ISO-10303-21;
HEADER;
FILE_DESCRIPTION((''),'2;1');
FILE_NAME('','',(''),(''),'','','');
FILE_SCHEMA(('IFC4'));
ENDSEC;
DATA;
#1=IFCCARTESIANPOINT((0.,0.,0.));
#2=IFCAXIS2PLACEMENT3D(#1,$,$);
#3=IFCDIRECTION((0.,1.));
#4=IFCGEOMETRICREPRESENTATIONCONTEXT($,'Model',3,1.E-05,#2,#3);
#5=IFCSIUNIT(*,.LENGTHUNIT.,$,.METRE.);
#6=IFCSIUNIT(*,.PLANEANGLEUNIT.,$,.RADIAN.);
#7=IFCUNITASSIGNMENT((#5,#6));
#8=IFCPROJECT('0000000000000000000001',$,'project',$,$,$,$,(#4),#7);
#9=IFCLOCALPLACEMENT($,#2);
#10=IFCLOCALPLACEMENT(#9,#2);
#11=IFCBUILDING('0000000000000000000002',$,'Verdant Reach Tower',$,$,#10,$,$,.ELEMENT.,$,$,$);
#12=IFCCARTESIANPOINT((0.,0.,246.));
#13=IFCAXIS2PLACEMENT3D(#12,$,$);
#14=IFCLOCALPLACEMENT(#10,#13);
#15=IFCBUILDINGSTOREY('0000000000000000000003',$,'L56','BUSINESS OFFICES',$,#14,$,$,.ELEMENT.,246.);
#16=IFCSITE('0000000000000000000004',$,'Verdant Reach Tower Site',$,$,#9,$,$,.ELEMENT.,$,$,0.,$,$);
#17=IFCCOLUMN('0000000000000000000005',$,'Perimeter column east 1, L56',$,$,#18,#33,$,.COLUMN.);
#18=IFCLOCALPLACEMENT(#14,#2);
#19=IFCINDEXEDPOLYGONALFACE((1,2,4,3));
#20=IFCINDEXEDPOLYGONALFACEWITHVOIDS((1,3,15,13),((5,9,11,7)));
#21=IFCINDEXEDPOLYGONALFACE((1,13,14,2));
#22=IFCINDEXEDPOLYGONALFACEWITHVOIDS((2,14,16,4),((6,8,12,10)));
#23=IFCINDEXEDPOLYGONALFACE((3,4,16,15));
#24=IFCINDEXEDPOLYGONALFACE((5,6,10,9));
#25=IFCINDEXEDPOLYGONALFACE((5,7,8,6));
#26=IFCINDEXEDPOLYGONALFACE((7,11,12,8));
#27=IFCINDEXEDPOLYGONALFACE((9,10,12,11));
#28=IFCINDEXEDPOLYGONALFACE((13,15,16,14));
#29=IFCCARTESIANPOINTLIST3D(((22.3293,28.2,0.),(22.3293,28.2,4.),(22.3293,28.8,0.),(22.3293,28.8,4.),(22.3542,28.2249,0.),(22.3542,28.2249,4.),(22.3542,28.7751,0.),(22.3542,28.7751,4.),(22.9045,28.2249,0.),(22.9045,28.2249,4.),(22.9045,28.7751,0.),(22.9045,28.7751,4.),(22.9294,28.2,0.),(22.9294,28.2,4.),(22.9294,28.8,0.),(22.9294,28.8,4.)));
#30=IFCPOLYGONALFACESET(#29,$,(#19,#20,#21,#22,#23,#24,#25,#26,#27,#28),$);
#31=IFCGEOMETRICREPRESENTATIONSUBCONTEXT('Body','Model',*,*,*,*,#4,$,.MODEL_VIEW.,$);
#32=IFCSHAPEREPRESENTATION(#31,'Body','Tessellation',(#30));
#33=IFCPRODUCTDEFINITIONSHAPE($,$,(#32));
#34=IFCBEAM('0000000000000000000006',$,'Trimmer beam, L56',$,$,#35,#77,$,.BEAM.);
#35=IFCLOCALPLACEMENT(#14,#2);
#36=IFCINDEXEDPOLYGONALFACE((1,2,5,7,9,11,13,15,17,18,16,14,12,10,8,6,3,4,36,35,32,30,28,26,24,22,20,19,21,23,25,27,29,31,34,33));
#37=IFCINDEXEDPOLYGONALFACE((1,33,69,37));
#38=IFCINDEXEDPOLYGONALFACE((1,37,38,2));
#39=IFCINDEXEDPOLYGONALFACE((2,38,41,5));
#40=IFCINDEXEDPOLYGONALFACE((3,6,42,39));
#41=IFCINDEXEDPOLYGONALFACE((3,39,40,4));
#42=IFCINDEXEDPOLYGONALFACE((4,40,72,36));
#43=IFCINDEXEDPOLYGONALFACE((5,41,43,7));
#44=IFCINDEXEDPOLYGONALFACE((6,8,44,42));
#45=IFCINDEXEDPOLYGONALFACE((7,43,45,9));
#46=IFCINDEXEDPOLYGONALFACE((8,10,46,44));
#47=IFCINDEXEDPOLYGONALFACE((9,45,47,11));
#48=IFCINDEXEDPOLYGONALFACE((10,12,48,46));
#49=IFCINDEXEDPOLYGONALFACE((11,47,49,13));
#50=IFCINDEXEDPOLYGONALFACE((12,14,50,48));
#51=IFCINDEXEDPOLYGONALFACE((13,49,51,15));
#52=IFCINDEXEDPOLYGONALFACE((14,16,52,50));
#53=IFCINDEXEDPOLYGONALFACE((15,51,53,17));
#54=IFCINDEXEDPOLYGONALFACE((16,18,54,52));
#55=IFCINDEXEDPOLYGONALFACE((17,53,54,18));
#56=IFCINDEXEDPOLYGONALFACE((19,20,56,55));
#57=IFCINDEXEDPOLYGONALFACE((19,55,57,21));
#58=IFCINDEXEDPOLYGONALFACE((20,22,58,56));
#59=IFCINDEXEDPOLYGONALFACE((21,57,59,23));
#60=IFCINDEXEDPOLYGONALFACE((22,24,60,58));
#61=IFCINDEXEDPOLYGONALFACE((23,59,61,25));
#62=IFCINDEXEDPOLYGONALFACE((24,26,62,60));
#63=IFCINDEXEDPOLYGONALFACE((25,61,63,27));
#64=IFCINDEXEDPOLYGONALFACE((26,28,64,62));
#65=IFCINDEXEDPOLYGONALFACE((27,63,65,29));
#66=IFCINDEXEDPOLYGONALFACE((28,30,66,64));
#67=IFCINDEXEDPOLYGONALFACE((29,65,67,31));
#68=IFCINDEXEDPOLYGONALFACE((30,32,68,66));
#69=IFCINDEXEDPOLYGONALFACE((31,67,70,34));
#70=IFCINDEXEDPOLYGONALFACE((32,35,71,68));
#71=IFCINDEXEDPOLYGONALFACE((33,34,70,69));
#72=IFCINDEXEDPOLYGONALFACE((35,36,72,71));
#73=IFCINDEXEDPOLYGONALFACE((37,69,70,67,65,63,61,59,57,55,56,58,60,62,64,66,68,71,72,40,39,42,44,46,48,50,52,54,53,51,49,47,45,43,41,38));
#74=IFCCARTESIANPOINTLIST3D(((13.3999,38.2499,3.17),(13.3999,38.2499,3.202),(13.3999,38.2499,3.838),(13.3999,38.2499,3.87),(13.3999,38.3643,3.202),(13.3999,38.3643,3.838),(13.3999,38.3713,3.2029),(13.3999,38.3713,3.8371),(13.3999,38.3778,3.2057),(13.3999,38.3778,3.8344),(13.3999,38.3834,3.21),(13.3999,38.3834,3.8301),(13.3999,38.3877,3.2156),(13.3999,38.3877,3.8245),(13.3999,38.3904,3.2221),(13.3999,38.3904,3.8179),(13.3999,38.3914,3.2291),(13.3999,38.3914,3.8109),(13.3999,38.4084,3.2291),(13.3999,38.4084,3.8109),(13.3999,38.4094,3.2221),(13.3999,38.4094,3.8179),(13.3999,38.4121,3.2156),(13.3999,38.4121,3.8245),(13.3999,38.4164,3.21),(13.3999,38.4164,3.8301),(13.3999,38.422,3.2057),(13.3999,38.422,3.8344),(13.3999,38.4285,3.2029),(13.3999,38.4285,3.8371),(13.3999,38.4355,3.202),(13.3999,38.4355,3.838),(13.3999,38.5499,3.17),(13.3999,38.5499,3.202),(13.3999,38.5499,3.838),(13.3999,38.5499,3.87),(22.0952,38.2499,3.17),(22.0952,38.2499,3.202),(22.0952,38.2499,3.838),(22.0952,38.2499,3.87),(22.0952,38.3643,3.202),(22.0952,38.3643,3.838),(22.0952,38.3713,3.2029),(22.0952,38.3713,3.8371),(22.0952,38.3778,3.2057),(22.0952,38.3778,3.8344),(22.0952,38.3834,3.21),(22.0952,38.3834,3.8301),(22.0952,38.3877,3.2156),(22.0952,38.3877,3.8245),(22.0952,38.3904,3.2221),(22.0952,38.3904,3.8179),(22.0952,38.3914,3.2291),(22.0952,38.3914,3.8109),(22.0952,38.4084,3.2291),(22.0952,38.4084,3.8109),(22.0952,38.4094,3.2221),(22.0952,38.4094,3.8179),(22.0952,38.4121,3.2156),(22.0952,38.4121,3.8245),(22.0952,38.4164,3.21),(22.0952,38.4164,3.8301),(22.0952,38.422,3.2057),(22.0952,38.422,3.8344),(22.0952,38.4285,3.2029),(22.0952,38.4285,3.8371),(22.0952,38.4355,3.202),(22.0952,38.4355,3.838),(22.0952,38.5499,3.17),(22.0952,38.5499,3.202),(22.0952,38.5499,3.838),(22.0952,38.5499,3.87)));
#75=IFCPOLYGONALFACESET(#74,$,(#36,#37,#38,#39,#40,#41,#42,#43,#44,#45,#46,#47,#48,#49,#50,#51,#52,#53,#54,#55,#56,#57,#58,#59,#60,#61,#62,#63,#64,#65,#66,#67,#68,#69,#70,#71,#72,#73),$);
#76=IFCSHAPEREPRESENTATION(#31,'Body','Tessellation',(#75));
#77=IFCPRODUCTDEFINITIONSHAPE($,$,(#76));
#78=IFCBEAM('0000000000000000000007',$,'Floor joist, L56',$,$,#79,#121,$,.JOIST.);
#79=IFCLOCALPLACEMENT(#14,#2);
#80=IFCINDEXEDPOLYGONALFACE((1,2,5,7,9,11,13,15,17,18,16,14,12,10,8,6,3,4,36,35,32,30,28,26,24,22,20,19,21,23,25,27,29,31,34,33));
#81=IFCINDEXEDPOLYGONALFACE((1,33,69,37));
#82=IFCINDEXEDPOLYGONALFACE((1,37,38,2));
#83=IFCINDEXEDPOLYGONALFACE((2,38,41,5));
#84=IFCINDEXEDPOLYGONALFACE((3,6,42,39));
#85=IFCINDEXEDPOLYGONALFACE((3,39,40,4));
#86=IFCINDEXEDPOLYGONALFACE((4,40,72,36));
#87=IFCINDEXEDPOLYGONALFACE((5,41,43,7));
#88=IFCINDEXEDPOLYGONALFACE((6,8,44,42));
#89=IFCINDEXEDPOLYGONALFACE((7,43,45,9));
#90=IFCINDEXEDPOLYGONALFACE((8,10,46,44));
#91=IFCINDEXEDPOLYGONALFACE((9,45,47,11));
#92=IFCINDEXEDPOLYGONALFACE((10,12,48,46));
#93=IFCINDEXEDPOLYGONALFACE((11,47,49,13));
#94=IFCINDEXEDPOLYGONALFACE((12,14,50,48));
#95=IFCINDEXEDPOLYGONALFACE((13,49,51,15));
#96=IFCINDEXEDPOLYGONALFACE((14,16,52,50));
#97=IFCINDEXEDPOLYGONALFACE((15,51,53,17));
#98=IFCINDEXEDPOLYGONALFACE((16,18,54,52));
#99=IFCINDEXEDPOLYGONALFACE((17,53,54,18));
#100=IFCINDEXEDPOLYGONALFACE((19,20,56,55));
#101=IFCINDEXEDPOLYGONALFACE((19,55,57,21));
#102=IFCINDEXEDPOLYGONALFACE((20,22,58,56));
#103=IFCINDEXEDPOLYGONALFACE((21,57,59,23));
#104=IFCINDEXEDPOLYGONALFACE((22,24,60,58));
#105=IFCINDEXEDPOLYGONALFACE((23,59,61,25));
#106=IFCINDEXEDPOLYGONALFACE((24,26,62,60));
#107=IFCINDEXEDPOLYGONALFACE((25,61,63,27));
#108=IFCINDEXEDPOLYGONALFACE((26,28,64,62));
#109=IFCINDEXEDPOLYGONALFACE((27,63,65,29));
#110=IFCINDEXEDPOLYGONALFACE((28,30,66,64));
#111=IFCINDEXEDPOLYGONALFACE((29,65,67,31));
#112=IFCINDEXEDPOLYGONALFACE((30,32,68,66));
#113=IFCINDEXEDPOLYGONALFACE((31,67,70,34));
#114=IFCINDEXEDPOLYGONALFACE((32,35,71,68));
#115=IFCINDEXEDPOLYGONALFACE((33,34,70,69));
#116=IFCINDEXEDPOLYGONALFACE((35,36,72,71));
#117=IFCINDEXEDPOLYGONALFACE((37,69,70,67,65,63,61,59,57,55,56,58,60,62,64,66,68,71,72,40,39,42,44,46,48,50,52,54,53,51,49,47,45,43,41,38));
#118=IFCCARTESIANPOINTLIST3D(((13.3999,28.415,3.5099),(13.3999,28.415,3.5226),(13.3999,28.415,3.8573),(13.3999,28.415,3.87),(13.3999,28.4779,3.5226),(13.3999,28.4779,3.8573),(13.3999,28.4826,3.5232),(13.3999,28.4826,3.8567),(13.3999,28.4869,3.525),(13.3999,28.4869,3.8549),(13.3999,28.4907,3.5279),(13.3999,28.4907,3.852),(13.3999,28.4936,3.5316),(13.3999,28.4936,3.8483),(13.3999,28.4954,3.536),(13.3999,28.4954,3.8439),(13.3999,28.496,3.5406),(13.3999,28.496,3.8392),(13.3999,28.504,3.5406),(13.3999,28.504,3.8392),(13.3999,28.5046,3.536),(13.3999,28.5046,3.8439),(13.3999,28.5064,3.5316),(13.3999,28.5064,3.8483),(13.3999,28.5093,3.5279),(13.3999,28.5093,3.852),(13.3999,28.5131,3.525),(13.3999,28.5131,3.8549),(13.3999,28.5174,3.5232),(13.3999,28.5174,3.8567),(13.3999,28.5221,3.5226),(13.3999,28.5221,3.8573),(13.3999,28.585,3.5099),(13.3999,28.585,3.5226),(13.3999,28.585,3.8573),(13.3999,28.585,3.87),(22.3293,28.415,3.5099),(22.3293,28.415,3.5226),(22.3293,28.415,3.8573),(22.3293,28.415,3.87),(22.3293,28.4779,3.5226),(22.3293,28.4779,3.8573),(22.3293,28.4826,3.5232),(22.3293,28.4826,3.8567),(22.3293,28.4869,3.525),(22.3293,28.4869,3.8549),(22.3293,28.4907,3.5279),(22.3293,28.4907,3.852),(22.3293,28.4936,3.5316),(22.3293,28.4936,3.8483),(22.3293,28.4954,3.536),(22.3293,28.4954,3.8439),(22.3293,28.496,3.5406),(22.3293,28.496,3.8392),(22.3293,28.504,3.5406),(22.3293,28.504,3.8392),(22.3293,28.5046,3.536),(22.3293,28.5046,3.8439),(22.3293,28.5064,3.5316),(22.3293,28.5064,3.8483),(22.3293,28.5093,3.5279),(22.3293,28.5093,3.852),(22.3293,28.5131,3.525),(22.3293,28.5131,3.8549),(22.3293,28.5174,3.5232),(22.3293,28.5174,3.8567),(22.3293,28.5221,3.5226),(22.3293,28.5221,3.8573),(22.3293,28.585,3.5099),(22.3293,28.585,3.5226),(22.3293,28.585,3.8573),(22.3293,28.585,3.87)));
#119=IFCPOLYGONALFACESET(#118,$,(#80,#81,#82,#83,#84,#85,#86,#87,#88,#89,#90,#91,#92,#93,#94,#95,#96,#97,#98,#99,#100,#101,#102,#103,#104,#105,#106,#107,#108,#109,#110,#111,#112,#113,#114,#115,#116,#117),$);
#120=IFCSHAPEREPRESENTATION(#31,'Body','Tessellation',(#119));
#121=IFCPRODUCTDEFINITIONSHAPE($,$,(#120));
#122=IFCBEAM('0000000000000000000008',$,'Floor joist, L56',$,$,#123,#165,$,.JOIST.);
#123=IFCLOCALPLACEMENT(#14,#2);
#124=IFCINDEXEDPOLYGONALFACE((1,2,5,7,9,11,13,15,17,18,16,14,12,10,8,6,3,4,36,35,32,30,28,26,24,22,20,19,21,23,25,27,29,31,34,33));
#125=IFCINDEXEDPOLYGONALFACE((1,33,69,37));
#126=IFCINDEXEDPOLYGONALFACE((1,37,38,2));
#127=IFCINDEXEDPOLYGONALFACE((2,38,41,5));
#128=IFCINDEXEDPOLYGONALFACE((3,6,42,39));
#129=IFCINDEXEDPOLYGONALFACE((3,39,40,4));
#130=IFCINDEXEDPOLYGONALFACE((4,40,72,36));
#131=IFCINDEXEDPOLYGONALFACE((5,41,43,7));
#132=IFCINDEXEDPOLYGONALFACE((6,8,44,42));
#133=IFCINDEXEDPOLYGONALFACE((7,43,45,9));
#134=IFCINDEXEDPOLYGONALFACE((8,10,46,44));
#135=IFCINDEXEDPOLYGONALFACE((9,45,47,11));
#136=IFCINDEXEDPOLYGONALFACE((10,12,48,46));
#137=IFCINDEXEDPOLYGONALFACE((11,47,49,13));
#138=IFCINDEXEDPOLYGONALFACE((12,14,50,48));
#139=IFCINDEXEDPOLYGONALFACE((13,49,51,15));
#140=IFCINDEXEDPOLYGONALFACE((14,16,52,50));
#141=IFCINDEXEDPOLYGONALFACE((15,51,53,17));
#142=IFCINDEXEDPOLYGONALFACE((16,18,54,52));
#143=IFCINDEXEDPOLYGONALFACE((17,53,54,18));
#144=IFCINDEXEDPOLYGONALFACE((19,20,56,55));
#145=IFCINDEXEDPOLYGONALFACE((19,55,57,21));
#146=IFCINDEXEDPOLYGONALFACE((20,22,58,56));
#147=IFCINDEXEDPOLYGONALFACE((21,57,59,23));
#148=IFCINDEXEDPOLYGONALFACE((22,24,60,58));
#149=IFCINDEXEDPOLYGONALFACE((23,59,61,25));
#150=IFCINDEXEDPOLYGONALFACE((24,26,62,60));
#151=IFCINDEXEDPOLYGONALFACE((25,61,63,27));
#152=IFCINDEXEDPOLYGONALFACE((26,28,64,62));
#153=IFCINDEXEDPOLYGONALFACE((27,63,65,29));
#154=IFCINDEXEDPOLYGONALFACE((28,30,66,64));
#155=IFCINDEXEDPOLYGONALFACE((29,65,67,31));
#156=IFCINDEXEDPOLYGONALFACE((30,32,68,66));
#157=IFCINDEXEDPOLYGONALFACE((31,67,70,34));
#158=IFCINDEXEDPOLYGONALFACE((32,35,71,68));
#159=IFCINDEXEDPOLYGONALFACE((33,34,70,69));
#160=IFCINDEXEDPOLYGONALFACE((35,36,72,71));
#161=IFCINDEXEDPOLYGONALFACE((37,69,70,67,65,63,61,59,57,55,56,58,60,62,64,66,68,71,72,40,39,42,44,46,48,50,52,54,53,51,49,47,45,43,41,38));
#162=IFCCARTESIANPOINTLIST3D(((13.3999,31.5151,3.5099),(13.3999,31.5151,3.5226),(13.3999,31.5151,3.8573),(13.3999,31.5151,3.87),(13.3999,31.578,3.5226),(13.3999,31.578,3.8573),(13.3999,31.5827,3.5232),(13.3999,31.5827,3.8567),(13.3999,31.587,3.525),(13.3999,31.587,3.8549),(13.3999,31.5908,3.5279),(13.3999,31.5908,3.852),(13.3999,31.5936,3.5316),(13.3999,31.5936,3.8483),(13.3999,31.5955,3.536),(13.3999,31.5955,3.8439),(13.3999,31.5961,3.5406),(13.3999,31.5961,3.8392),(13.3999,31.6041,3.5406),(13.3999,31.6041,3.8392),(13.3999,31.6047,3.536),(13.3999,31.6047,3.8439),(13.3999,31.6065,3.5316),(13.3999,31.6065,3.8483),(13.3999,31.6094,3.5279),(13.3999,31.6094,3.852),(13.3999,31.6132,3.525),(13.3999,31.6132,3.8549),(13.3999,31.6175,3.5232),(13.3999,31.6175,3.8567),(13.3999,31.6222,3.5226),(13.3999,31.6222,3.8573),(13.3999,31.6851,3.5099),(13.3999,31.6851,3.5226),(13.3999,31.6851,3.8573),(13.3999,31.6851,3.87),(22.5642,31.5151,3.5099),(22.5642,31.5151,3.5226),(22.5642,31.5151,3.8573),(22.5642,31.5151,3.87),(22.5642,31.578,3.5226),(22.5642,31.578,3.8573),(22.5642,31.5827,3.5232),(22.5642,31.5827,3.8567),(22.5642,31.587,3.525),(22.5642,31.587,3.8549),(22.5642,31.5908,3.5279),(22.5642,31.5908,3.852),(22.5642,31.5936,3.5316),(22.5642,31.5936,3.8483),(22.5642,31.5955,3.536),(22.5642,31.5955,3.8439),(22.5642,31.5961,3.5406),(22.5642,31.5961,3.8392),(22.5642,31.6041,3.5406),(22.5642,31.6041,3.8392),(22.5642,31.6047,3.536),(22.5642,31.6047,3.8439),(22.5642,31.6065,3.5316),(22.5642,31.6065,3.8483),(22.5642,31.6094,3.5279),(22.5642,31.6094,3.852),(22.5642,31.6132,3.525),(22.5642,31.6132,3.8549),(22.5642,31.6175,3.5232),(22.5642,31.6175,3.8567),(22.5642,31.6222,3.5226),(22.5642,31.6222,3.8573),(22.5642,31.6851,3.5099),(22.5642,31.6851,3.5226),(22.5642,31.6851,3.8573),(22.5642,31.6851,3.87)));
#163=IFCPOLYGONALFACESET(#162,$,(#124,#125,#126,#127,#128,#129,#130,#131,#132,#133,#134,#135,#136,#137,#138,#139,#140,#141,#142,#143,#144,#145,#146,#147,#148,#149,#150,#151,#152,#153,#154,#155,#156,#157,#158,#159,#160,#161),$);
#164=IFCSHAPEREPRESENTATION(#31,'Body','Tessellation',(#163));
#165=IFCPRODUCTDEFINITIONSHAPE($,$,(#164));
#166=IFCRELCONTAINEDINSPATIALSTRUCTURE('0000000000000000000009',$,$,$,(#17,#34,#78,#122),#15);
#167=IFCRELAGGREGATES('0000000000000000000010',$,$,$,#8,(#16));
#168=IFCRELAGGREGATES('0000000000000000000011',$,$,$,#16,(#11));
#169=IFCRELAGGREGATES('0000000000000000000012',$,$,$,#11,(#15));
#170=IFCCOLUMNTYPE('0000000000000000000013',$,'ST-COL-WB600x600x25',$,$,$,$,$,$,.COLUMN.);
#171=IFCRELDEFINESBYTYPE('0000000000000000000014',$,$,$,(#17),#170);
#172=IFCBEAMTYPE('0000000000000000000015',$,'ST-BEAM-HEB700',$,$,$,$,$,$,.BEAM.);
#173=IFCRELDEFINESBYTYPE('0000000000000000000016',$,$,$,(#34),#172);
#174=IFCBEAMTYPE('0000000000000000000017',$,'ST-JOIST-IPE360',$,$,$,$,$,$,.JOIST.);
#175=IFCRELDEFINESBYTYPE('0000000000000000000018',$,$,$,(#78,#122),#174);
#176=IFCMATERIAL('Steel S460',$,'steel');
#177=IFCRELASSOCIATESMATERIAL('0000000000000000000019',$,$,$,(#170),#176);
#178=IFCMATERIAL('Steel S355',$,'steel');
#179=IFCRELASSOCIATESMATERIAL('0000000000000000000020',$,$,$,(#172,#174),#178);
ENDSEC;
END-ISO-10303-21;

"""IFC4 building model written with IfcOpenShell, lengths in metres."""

from ifc_helpers import new_model, si_unit, direction, frame, origin, origin_2d, place, context, subcontext, project, spatial, hollow_rectangle, i_section, extrude, material, material_profile, profile_set, type_object, element, save


model = new_model("IFC4")

# Units and contexts
model_context = context("Model", 3, precision=1e-05, world=origin(), true_north=direction((0.0, 1.0)))
body_context = subcontext(model_context, "Body", "Model", "MODEL_VIEW")
ifc_project = project(units=[si_unit("LENGTHUNIT", "METRE"), si_unit("PLANEANGLEUNIT", "RADIAN")], contexts=[model_context])

# Site, building, storey
site_placement = place(None, origin())
site = spatial("IfcSite", under=ifc_project, at=site_placement, Name="Verdant Reach Tower Site", CompositionType="ELEMENT", RefElevation=0.0)
building_placement = place(site_placement, origin())
building = spatial("IfcBuilding", under=site, at=building_placement, Name="Verdant Reach Tower", CompositionType="ELEMENT")
storey_placement = place(building_placement, frame((0.0, 0.0, 246.0)))
storey = spatial("IfcBuildingStorey", under=building, at=storey_placement, Name="L56", Description="BUSINESS OFFICES", CompositionType="ELEMENT", Elevation=246.0)

# Column
ifc_material_1 = material(Name="Steel S460", Category="steel")
ifc_material_profile_1 = material_profile(ifc_material_1, hollow_rectangle(XDim=0.6001, YDim=0.6001, WallThickness=0.0249, at=origin_2d()), Name="WB 600x600x25")
ifc_profile_set_1 = profile_set([ifc_material_profile_1], Name="Steel S460")
column_type = type_object("IfcColumnType", Name="ST-COL-WB600x600x25", PredefinedType="COLUMN", material=ifc_profile_set_1)
column_placement = place(storey_placement, frame((22.6294, 28.5, 0.0), z_axis=(0.0, 0.0, 1.0), x_axis=(1.0, 0.0, 0.0)))
element("IfcColumn", 1, at=column_placement, inside=storey, type_object=column_type, Name="Perimeter column east 1, L56", PredefinedType="COLUMN", context=body_context, shape_type="SweptSolid", body=[
    extrude(hollow_rectangle(XDim=0.6001, YDim=0.6001, WallThickness=0.0249, at=origin_2d()), origin(), (0.0, 0.0, 1.0), 4.0),
])

# Beams
ifc_material_2 = material(Name="Steel S355", Category="steel")
ifc_material_profile_2 = material_profile(ifc_material_2, i_section(OverallWidth=0.3, OverallDepth=0.7, WebThickness=0.0171, FlangeThickness=0.032, FilletRadius=0.0271, at=origin_2d()), Name="HEB 700")
ifc_profile_set_2 = profile_set([ifc_material_profile_2], Name="Steel S355")
beam_type_1 = type_object("IfcBeamType", Name="ST-BEAM-HEB700", PredefinedType="BEAM", material=ifc_profile_set_2)
beam_1_placement = place(storey_placement, frame((13.3999, 38.3999, 3.52), z_axis=(1.0, 0.0, 0.0), x_axis=(0.0, 1.0, 0.0)))
element("IfcBeam", 2, at=beam_1_placement, inside=storey, type_object=beam_type_1, Name="Trimmer beam, L56", PredefinedType="BEAM", context=body_context, shape_type="SweptSolid", body=[
    extrude(i_section(OverallWidth=0.3, OverallDepth=0.7, WebThickness=0.0171, FlangeThickness=0.032, FilletRadius=0.0271, at=origin_2d()), origin(), (0.0, 0.0, 1.0), 8.6953),
])
ifc_material_profile_3 = material_profile(ifc_material_2, i_section(OverallWidth=0.1699, OverallDepth=0.3601, WebThickness=0.0081, FlangeThickness=0.0127, FilletRadius=0.0181, at=origin_2d()), Name="IPE 360")
ifc_profile_set_3 = profile_set([ifc_material_profile_3], Name="Steel S355")
beam_type_2 = type_object("IfcBeamType", Name="ST-JOIST-IPE360", PredefinedType="JOIST", material=ifc_profile_set_3)
beam_2_placement = place(storey_placement, frame((13.3999, 28.5, 3.6899), z_axis=(1.0, 0.0, 0.0), x_axis=(0.0, 1.0, 0.0)))
element("IfcBeam", 3, at=beam_2_placement, inside=storey, type_object=beam_type_2, Name="Floor joist, L56", PredefinedType="JOIST", context=body_context, shape_type="SweptSolid", body=[
    extrude(i_section(OverallWidth=0.1699, OverallDepth=0.3601, WebThickness=0.0081, FlangeThickness=0.0127, FilletRadius=0.0181, at=origin_2d()), origin(), (0.0, 0.0, 1.0), 8.9294),
])
beam_3_placement = place(storey_placement, frame((13.3999, 31.6001, 3.6899), z_axis=(1.0, 0.0, 0.0), x_axis=(0.0, 1.0, 0.0)))
element("IfcBeam", 4, at=beam_3_placement, inside=storey, type_object=beam_type_2, Name="Floor joist, L56", PredefinedType="JOIST", context=body_context, shape_type="SweptSolid", body=[
    extrude(i_section(OverallWidth=0.1699, OverallDepth=0.3601, WebThickness=0.0081, FlangeThickness=0.0127, FilletRadius=0.0181, at=origin_2d()), origin(), (0.0, 0.0, 1.0), 9.1643),
])

save(model, "model.ifc")
